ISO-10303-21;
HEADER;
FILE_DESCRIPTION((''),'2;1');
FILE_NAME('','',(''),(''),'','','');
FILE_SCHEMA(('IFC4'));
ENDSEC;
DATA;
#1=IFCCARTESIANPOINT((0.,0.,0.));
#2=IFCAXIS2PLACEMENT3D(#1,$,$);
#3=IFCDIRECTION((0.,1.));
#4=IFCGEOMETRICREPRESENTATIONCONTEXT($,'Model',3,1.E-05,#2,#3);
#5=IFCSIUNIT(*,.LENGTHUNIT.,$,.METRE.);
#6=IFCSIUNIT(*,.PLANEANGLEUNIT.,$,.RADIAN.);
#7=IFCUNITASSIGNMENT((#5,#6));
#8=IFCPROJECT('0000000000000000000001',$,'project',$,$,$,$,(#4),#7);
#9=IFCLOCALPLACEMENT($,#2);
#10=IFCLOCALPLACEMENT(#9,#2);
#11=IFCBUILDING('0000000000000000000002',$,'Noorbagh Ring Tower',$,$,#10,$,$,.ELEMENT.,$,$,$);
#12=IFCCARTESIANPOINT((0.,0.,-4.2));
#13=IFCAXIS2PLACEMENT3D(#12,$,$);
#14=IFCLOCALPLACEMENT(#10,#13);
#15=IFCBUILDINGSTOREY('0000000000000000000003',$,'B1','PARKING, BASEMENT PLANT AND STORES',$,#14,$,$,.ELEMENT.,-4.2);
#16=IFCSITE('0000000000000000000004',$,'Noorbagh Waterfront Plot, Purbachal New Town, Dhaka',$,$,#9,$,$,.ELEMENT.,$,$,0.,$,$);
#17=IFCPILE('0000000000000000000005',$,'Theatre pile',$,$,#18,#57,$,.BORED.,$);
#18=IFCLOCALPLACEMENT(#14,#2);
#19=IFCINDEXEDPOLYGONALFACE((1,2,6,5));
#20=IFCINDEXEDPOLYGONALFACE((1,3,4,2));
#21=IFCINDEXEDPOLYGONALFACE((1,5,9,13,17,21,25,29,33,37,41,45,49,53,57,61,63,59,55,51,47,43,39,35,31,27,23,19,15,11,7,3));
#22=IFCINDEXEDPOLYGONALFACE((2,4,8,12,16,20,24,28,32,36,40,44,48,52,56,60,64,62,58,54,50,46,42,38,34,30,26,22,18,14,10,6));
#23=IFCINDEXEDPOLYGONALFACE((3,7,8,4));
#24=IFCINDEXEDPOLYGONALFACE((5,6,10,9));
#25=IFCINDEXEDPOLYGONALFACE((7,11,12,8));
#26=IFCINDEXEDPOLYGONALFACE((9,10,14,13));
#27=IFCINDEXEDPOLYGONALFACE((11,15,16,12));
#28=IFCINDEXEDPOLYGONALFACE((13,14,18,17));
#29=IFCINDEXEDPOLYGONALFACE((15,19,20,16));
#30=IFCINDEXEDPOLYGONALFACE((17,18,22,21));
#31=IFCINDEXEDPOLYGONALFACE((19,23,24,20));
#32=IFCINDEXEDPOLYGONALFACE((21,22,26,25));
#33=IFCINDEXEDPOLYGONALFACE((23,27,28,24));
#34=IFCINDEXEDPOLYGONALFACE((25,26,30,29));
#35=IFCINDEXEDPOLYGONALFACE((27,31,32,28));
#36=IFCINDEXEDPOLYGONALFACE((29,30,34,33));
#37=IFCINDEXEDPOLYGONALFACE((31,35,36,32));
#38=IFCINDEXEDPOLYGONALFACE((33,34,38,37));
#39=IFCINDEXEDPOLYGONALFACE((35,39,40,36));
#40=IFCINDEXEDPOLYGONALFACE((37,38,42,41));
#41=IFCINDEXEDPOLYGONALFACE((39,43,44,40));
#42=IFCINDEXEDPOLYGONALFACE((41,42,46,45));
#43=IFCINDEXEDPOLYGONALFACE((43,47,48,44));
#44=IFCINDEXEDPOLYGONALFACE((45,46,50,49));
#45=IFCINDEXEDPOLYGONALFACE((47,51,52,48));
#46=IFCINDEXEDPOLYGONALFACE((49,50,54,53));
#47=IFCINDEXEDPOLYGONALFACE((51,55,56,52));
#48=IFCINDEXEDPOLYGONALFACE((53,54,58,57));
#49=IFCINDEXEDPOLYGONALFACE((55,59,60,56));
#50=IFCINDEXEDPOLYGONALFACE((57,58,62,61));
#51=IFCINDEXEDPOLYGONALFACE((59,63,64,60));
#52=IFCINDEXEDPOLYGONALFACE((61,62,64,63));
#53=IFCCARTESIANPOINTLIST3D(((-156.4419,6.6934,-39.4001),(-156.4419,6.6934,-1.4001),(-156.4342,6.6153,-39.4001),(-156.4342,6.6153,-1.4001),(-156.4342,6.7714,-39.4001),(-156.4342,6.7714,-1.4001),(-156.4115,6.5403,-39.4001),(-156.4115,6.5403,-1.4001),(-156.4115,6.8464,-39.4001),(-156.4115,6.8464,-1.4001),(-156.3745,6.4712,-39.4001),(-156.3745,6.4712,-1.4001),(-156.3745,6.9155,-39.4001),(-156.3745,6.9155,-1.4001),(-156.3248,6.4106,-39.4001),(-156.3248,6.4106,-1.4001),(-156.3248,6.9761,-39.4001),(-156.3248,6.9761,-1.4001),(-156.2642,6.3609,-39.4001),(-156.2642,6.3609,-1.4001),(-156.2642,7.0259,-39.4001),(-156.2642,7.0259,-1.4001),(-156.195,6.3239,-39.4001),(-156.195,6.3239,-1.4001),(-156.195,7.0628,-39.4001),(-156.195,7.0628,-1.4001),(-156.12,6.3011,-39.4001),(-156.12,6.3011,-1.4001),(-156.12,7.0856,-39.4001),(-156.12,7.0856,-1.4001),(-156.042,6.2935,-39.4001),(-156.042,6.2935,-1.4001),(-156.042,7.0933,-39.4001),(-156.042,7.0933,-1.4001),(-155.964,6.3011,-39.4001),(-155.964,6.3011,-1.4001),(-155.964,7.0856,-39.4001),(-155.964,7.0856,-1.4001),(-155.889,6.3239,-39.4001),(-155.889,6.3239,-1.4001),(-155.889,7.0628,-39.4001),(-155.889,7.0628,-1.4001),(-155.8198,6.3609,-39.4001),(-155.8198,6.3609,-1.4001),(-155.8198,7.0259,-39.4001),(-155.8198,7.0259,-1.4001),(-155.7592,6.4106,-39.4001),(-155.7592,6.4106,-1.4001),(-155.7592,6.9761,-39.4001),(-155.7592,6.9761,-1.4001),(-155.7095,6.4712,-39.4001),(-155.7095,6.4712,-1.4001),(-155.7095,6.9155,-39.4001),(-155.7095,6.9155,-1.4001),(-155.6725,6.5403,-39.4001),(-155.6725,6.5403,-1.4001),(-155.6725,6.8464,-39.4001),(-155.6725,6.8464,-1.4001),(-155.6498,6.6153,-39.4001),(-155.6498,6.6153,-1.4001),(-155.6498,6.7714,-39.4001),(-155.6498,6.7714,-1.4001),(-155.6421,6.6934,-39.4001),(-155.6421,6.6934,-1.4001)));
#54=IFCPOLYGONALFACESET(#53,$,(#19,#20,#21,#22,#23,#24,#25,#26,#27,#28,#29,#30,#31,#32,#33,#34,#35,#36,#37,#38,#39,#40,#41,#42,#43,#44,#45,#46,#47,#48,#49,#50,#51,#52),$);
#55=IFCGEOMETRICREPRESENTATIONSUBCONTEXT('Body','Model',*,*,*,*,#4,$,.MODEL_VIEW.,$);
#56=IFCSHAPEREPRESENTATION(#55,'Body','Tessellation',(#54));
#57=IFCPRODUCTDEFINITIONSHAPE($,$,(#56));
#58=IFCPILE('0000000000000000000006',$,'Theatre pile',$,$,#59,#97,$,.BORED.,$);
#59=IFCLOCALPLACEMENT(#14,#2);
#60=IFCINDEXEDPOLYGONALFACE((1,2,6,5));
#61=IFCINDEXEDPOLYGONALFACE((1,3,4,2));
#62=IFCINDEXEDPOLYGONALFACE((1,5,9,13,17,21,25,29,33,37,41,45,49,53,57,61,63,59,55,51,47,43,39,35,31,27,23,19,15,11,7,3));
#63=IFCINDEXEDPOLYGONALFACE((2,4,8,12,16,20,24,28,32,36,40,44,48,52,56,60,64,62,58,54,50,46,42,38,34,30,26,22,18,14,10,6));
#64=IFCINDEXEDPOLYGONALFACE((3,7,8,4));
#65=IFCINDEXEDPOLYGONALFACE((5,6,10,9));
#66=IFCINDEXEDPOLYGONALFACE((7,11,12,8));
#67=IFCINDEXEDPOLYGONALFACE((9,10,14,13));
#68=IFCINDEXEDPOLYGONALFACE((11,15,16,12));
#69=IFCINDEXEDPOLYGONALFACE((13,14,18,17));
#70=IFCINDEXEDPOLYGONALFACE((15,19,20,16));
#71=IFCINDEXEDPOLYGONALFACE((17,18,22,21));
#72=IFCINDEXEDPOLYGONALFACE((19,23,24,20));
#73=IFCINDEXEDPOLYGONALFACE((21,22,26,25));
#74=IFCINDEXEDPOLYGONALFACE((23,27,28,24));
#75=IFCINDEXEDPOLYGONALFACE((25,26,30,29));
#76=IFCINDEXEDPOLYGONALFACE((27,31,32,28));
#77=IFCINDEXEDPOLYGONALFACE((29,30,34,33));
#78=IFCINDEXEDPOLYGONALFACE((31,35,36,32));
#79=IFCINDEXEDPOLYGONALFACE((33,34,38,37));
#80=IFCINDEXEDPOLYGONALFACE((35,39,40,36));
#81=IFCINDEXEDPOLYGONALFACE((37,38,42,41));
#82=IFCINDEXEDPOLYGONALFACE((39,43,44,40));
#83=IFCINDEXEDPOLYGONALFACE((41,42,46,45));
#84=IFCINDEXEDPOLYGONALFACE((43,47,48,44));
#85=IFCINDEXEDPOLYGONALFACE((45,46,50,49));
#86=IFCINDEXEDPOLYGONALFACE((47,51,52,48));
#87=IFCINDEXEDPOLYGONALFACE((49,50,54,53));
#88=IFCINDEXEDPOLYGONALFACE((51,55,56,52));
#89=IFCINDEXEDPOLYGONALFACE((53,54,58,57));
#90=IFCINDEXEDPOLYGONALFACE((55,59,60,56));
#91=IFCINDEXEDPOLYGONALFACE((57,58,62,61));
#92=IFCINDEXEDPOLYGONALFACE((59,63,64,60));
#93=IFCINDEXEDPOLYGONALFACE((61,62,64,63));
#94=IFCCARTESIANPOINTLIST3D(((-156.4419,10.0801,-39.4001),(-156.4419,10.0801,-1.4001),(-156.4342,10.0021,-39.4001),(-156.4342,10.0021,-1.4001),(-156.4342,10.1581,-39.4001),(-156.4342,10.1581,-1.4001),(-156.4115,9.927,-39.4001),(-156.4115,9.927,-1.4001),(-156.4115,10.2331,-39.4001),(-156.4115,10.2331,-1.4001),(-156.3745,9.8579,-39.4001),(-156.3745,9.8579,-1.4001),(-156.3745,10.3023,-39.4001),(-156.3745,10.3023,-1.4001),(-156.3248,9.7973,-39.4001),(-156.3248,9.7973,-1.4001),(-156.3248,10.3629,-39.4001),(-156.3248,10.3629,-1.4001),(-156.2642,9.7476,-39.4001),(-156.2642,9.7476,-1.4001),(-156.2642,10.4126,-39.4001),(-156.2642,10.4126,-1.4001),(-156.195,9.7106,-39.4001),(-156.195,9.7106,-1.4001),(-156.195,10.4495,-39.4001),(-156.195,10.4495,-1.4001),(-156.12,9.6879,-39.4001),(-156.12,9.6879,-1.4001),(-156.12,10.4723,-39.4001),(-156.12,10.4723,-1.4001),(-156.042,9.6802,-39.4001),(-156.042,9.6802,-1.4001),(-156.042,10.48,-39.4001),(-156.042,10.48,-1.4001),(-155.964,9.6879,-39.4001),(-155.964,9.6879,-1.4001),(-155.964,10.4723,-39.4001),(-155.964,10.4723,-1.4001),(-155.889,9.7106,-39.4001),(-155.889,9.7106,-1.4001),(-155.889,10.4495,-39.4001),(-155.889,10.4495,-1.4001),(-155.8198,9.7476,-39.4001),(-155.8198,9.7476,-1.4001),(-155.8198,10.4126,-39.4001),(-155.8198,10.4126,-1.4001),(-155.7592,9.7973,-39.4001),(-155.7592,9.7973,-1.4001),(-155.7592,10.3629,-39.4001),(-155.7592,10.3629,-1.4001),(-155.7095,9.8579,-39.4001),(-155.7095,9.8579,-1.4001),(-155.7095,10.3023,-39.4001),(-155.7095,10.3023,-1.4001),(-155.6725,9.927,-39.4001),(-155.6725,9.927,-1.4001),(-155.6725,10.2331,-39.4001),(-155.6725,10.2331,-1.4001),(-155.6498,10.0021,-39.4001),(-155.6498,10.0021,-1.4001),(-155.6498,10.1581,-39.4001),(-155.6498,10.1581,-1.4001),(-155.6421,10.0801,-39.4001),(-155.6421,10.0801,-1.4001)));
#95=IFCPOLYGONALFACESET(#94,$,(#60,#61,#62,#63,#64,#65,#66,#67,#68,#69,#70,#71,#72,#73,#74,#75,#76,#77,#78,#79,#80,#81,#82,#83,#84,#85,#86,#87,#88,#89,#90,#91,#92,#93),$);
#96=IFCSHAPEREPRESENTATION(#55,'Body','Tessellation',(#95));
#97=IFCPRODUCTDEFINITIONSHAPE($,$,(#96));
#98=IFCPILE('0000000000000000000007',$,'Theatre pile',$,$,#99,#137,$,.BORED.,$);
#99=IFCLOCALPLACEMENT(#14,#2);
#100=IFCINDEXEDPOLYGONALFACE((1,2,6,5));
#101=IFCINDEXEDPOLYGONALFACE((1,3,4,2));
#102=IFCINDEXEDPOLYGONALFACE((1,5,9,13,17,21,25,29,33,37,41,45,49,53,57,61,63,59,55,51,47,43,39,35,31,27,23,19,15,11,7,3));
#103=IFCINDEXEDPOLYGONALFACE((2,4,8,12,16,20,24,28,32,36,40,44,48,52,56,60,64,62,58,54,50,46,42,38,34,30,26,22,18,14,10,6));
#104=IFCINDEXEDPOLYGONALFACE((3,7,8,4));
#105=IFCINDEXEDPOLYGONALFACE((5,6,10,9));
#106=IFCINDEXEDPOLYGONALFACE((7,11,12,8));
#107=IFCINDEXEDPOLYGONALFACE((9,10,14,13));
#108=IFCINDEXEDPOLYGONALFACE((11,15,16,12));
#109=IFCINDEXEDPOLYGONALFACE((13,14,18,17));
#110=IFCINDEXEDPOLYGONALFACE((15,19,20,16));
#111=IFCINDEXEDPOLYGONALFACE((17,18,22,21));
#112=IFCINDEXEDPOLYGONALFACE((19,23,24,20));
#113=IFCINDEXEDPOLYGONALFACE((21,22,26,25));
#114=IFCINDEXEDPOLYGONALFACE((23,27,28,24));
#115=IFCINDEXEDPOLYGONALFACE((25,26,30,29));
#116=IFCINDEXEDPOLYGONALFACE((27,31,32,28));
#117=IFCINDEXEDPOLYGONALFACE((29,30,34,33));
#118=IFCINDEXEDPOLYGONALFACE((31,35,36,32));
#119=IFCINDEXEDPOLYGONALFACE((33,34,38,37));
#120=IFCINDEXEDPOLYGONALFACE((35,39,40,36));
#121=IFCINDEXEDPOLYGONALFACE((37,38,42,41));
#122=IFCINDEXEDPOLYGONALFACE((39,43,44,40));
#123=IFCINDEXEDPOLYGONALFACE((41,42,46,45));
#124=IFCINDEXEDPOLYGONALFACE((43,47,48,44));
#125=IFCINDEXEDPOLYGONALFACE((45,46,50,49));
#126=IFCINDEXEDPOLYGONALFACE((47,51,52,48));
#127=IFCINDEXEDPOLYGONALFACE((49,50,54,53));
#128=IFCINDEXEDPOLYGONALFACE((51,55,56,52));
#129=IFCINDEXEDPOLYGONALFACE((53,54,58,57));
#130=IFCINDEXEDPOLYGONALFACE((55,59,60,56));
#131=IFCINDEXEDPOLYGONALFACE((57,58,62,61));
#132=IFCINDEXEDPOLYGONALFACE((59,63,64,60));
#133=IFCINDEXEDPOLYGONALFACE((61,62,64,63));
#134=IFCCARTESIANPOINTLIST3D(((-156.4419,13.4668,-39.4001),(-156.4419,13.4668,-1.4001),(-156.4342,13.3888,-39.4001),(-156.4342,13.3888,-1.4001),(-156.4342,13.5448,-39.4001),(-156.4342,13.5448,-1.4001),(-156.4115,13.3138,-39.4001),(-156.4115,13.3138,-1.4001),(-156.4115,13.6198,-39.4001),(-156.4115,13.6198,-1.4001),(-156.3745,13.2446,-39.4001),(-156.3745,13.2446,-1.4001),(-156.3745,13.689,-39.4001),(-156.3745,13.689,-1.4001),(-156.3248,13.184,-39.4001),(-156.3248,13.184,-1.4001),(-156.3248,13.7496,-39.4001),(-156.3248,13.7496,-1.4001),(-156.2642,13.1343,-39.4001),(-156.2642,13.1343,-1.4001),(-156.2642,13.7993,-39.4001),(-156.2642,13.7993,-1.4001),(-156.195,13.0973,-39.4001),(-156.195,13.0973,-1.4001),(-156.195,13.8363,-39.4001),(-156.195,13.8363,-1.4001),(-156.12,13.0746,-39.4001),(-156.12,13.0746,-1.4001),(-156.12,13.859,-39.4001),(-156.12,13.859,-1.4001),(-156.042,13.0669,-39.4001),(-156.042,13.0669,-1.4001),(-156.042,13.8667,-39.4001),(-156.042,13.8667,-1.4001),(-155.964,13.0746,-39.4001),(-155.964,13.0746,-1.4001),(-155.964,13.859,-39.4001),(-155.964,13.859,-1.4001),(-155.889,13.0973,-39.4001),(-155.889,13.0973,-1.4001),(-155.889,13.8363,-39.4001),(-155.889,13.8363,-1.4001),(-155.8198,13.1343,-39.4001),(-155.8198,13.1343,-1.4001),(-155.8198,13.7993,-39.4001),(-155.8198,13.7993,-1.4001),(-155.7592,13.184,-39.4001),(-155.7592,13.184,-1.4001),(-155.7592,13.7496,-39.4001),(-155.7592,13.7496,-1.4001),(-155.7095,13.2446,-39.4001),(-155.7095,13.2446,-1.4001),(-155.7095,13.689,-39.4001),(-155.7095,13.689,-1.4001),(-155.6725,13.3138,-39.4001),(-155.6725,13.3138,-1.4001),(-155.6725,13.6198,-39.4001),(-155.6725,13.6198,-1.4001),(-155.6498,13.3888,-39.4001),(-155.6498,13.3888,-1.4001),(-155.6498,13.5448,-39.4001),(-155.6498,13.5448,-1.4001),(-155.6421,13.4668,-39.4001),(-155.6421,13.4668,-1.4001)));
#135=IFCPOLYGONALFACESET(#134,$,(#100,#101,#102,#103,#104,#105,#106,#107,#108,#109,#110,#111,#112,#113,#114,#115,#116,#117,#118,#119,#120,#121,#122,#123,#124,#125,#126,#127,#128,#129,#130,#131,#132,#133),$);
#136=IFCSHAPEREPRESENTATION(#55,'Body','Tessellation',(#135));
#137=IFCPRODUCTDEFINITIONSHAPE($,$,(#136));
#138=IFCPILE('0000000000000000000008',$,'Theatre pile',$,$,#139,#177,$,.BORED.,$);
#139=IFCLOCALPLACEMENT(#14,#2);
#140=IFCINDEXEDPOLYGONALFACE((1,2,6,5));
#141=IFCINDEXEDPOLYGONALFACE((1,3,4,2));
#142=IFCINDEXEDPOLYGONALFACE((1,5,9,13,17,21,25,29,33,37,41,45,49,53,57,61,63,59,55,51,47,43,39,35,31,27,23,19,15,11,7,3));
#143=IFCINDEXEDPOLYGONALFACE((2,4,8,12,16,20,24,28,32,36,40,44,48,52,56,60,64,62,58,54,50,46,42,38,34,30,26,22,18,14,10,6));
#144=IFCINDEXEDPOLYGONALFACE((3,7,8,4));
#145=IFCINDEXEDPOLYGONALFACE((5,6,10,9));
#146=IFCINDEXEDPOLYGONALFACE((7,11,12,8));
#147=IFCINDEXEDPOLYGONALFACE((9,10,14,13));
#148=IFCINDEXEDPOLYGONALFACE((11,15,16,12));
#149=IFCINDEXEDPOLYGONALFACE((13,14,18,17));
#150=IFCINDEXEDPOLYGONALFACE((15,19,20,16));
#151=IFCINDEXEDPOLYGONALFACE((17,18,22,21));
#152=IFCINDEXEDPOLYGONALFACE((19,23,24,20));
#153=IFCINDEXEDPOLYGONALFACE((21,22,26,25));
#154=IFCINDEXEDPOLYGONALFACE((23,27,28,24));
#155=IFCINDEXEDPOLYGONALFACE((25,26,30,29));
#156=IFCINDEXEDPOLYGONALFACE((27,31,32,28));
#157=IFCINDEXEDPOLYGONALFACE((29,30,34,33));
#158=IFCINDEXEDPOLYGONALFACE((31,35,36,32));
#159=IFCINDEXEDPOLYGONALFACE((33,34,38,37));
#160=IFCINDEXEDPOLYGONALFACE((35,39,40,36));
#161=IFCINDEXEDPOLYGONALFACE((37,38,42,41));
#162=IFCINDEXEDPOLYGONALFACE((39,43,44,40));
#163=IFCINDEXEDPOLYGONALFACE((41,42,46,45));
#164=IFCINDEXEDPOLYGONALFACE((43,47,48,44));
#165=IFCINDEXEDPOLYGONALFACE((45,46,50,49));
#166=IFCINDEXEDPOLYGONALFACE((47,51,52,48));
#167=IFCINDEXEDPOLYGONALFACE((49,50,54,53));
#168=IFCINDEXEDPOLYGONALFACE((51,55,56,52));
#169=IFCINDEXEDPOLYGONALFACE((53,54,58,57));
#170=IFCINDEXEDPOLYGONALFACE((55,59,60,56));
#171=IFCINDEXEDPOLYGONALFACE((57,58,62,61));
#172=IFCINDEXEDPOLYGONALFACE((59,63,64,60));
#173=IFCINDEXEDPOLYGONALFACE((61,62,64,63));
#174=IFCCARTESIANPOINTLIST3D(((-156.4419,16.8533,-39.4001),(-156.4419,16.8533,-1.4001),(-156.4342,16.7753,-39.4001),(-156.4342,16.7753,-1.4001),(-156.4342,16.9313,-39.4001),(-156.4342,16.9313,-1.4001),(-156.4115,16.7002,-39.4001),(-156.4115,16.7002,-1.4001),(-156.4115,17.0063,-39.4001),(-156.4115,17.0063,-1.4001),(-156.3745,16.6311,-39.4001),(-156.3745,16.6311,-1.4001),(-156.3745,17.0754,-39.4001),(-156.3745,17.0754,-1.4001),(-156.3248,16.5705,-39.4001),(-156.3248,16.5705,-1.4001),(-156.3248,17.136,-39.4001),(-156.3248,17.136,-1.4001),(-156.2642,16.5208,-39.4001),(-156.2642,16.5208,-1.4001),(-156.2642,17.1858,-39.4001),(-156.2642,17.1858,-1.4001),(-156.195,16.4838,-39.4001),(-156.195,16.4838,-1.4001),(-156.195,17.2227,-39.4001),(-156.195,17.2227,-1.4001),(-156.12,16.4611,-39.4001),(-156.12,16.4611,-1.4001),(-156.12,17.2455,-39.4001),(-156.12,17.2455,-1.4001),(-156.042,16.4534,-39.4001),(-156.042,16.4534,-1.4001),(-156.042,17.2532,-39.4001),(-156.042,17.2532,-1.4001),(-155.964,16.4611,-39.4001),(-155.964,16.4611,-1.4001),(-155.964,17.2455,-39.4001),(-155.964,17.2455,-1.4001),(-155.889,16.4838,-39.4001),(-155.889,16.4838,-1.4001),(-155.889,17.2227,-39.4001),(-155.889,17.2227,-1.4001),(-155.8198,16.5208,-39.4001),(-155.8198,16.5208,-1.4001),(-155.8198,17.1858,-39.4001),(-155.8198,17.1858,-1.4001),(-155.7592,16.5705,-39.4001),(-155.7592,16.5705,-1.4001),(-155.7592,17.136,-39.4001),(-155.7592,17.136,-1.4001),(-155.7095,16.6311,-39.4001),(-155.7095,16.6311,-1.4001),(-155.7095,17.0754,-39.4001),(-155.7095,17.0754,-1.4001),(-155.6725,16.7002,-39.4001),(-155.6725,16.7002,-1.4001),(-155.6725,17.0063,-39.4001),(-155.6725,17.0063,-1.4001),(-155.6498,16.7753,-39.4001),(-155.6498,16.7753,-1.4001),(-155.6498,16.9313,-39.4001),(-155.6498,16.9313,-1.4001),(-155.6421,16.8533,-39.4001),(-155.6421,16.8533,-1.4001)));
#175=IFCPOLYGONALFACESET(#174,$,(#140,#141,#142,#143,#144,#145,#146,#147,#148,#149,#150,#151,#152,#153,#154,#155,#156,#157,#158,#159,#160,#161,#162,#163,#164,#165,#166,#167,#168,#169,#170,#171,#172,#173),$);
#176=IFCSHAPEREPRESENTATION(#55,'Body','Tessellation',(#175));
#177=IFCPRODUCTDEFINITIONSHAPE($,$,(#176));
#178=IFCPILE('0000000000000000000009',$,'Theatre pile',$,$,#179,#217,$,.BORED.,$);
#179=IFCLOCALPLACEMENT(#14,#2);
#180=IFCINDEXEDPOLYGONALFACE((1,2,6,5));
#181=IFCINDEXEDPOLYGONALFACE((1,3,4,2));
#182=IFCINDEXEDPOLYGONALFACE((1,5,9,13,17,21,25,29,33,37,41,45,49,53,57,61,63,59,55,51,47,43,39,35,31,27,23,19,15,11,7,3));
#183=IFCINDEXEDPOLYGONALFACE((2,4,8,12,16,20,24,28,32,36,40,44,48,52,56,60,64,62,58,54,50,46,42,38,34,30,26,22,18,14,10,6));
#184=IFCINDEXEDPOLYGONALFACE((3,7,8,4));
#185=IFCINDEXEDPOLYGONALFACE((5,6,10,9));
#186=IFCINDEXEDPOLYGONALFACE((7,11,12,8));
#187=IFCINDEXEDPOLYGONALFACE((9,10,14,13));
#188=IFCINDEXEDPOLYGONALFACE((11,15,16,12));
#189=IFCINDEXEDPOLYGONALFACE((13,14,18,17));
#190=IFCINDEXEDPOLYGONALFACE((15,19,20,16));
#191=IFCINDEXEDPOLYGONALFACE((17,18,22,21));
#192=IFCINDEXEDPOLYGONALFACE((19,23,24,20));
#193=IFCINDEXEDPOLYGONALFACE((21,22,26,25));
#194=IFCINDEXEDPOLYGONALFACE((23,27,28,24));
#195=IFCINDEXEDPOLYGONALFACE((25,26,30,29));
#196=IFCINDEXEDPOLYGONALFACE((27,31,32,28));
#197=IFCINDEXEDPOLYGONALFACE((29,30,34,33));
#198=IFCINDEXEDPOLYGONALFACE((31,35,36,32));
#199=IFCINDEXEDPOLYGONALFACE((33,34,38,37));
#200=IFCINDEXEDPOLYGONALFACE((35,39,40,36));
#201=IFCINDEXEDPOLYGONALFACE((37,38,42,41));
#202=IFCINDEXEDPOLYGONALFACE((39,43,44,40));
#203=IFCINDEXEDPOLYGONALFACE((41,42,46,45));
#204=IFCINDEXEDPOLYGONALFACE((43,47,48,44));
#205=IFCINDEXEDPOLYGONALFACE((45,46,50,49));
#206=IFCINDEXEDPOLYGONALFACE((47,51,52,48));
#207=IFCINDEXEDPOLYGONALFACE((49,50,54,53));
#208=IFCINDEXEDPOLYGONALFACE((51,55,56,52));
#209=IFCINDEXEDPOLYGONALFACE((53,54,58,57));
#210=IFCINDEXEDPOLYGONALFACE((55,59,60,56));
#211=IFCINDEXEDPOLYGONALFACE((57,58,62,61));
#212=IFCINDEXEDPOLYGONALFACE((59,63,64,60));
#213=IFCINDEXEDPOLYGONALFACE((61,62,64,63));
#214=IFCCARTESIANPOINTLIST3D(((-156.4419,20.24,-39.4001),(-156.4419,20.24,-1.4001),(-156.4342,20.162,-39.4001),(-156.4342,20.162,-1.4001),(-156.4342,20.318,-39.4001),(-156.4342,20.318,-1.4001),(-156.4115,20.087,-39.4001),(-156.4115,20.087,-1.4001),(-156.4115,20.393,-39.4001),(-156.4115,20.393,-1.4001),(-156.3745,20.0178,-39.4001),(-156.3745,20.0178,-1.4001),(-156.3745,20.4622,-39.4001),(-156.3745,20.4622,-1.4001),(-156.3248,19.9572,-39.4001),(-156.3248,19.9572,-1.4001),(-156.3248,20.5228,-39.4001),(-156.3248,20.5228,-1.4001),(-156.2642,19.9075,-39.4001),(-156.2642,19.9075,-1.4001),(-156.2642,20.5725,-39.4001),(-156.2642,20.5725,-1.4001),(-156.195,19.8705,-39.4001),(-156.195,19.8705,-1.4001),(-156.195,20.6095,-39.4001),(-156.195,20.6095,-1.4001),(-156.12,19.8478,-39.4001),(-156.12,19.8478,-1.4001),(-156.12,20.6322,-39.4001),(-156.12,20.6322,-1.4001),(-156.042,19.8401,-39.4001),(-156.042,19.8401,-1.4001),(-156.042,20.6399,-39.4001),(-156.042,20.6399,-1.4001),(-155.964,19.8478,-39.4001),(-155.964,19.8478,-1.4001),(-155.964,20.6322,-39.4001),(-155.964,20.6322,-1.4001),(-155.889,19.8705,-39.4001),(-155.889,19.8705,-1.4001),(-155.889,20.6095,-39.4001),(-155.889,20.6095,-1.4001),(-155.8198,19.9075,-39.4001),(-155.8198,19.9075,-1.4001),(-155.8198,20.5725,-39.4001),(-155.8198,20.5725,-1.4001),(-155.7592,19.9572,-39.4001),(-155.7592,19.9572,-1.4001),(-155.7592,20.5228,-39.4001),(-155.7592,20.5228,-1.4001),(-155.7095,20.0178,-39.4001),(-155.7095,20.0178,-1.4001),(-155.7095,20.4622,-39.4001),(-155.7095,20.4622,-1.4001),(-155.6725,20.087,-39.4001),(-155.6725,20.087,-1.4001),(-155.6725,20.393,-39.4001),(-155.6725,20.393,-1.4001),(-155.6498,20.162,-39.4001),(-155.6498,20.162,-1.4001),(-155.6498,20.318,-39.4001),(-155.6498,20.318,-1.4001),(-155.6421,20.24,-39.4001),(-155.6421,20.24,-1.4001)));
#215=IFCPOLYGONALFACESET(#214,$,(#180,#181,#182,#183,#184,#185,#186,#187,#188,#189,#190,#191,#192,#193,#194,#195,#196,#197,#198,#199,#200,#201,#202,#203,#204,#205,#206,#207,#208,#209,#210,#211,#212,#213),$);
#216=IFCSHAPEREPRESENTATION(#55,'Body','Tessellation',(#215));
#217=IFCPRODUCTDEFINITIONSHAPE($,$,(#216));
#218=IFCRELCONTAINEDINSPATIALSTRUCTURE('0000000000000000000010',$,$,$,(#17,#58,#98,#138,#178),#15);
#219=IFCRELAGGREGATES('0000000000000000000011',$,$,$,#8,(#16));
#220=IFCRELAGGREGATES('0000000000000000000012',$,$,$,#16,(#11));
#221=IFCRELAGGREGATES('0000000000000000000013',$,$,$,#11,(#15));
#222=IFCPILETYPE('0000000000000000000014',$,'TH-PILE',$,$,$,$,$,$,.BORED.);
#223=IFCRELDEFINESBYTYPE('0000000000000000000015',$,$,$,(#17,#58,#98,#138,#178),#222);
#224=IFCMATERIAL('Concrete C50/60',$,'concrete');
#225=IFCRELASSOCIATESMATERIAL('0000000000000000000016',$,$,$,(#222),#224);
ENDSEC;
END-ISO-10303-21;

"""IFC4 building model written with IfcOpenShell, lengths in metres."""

from ifc_helpers import new_model, si_unit, direction, frame, origin, origin_2d, place, context, subcontext, project, spatial, circle, extrude, material, material_profile, profile_set, type_object, element, save


model = new_model("IFC4")

# Units and contexts
model_context = context("Model", 3, precision=1e-05, world=origin(), true_north=direction((0.0, 1.0)))
body_context = subcontext(model_context, "Body", "Model", "MODEL_VIEW")
ifc_project = project(units=[si_unit("LENGTHUNIT", "METRE"), si_unit("PLANEANGLEUNIT", "RADIAN")], contexts=[model_context])

# Site, building, storey
site_placement = place(None, origin())
site = spatial("IfcSite", under=ifc_project, at=site_placement, Name="Noorbagh Waterfront Plot, Purbachal New Town, Dhaka", CompositionType="ELEMENT", RefElevation=0.0)
building_placement = place(site_placement, origin())
building = spatial("IfcBuilding", under=site, at=building_placement, Name="Noorbagh Ring Tower", CompositionType="ELEMENT")
storey_placement = place(building_placement, frame((0.0, 0.0, -4.2)))
storey = spatial("IfcBuildingStorey", under=building, at=storey_placement, Name="B1", Description="PARKING, BASEMENT PLANT AND STORES", CompositionType="ELEMENT", Elevation=-4.2)

# Piles
ifc_material_1 = material(Name="Concrete C50/60", Category="concrete")
ifc_material_profile_1 = material_profile(ifc_material_1, circle(Radius=0.3999, at=origin_2d()), Name="PILE800")
ifc_profile_set_1 = profile_set([ifc_material_profile_1], Name="Concrete C50/60")
pile_type = type_object("IfcPileType", Name="TH-PILE", PredefinedType="BORED", material=ifc_profile_set_1)
for number, where, z_axis, x_axis, name in (
    (1, (-156.042, 6.6934, -1.4001), (0.0, 0.0, -1.0), (1.0, 0.0, 0.0), "Theatre pile"),
    (2, (-156.042, 10.0801, -1.4001), (0.0, 0.0, -1.0), (1.0, 0.0, 0.0), "Theatre pile"),
    (3, (-156.042, 13.4668, -1.4001), (0.0, 0.0, -1.0), (1.0, 0.0, 0.0), "Theatre pile"),
    (4, (-156.042, 16.8533, -1.4001), (0.0, 0.0, -1.0), (1.0, 0.0, 0.0), "Theatre pile"),
    (5, (-156.042, 20.24, -1.4001), (0.0, 0.0, -1.0), (1.0, 0.0, 0.0), "Theatre pile"),
):
    element("IfcPile", number, at=place(storey_placement, frame(where, z_axis=z_axis, x_axis=x_axis)), inside=storey, type_object=pile_type, Name=name, PredefinedType="BORED", context=body_context, shape_type="SweptSolid", body=[
        extrude(circle(Radius=0.3999, at=origin_2d()), origin(), (0.0, 0.0, 1.0), 38.0),
    ])

save(model, "model.ifc")
